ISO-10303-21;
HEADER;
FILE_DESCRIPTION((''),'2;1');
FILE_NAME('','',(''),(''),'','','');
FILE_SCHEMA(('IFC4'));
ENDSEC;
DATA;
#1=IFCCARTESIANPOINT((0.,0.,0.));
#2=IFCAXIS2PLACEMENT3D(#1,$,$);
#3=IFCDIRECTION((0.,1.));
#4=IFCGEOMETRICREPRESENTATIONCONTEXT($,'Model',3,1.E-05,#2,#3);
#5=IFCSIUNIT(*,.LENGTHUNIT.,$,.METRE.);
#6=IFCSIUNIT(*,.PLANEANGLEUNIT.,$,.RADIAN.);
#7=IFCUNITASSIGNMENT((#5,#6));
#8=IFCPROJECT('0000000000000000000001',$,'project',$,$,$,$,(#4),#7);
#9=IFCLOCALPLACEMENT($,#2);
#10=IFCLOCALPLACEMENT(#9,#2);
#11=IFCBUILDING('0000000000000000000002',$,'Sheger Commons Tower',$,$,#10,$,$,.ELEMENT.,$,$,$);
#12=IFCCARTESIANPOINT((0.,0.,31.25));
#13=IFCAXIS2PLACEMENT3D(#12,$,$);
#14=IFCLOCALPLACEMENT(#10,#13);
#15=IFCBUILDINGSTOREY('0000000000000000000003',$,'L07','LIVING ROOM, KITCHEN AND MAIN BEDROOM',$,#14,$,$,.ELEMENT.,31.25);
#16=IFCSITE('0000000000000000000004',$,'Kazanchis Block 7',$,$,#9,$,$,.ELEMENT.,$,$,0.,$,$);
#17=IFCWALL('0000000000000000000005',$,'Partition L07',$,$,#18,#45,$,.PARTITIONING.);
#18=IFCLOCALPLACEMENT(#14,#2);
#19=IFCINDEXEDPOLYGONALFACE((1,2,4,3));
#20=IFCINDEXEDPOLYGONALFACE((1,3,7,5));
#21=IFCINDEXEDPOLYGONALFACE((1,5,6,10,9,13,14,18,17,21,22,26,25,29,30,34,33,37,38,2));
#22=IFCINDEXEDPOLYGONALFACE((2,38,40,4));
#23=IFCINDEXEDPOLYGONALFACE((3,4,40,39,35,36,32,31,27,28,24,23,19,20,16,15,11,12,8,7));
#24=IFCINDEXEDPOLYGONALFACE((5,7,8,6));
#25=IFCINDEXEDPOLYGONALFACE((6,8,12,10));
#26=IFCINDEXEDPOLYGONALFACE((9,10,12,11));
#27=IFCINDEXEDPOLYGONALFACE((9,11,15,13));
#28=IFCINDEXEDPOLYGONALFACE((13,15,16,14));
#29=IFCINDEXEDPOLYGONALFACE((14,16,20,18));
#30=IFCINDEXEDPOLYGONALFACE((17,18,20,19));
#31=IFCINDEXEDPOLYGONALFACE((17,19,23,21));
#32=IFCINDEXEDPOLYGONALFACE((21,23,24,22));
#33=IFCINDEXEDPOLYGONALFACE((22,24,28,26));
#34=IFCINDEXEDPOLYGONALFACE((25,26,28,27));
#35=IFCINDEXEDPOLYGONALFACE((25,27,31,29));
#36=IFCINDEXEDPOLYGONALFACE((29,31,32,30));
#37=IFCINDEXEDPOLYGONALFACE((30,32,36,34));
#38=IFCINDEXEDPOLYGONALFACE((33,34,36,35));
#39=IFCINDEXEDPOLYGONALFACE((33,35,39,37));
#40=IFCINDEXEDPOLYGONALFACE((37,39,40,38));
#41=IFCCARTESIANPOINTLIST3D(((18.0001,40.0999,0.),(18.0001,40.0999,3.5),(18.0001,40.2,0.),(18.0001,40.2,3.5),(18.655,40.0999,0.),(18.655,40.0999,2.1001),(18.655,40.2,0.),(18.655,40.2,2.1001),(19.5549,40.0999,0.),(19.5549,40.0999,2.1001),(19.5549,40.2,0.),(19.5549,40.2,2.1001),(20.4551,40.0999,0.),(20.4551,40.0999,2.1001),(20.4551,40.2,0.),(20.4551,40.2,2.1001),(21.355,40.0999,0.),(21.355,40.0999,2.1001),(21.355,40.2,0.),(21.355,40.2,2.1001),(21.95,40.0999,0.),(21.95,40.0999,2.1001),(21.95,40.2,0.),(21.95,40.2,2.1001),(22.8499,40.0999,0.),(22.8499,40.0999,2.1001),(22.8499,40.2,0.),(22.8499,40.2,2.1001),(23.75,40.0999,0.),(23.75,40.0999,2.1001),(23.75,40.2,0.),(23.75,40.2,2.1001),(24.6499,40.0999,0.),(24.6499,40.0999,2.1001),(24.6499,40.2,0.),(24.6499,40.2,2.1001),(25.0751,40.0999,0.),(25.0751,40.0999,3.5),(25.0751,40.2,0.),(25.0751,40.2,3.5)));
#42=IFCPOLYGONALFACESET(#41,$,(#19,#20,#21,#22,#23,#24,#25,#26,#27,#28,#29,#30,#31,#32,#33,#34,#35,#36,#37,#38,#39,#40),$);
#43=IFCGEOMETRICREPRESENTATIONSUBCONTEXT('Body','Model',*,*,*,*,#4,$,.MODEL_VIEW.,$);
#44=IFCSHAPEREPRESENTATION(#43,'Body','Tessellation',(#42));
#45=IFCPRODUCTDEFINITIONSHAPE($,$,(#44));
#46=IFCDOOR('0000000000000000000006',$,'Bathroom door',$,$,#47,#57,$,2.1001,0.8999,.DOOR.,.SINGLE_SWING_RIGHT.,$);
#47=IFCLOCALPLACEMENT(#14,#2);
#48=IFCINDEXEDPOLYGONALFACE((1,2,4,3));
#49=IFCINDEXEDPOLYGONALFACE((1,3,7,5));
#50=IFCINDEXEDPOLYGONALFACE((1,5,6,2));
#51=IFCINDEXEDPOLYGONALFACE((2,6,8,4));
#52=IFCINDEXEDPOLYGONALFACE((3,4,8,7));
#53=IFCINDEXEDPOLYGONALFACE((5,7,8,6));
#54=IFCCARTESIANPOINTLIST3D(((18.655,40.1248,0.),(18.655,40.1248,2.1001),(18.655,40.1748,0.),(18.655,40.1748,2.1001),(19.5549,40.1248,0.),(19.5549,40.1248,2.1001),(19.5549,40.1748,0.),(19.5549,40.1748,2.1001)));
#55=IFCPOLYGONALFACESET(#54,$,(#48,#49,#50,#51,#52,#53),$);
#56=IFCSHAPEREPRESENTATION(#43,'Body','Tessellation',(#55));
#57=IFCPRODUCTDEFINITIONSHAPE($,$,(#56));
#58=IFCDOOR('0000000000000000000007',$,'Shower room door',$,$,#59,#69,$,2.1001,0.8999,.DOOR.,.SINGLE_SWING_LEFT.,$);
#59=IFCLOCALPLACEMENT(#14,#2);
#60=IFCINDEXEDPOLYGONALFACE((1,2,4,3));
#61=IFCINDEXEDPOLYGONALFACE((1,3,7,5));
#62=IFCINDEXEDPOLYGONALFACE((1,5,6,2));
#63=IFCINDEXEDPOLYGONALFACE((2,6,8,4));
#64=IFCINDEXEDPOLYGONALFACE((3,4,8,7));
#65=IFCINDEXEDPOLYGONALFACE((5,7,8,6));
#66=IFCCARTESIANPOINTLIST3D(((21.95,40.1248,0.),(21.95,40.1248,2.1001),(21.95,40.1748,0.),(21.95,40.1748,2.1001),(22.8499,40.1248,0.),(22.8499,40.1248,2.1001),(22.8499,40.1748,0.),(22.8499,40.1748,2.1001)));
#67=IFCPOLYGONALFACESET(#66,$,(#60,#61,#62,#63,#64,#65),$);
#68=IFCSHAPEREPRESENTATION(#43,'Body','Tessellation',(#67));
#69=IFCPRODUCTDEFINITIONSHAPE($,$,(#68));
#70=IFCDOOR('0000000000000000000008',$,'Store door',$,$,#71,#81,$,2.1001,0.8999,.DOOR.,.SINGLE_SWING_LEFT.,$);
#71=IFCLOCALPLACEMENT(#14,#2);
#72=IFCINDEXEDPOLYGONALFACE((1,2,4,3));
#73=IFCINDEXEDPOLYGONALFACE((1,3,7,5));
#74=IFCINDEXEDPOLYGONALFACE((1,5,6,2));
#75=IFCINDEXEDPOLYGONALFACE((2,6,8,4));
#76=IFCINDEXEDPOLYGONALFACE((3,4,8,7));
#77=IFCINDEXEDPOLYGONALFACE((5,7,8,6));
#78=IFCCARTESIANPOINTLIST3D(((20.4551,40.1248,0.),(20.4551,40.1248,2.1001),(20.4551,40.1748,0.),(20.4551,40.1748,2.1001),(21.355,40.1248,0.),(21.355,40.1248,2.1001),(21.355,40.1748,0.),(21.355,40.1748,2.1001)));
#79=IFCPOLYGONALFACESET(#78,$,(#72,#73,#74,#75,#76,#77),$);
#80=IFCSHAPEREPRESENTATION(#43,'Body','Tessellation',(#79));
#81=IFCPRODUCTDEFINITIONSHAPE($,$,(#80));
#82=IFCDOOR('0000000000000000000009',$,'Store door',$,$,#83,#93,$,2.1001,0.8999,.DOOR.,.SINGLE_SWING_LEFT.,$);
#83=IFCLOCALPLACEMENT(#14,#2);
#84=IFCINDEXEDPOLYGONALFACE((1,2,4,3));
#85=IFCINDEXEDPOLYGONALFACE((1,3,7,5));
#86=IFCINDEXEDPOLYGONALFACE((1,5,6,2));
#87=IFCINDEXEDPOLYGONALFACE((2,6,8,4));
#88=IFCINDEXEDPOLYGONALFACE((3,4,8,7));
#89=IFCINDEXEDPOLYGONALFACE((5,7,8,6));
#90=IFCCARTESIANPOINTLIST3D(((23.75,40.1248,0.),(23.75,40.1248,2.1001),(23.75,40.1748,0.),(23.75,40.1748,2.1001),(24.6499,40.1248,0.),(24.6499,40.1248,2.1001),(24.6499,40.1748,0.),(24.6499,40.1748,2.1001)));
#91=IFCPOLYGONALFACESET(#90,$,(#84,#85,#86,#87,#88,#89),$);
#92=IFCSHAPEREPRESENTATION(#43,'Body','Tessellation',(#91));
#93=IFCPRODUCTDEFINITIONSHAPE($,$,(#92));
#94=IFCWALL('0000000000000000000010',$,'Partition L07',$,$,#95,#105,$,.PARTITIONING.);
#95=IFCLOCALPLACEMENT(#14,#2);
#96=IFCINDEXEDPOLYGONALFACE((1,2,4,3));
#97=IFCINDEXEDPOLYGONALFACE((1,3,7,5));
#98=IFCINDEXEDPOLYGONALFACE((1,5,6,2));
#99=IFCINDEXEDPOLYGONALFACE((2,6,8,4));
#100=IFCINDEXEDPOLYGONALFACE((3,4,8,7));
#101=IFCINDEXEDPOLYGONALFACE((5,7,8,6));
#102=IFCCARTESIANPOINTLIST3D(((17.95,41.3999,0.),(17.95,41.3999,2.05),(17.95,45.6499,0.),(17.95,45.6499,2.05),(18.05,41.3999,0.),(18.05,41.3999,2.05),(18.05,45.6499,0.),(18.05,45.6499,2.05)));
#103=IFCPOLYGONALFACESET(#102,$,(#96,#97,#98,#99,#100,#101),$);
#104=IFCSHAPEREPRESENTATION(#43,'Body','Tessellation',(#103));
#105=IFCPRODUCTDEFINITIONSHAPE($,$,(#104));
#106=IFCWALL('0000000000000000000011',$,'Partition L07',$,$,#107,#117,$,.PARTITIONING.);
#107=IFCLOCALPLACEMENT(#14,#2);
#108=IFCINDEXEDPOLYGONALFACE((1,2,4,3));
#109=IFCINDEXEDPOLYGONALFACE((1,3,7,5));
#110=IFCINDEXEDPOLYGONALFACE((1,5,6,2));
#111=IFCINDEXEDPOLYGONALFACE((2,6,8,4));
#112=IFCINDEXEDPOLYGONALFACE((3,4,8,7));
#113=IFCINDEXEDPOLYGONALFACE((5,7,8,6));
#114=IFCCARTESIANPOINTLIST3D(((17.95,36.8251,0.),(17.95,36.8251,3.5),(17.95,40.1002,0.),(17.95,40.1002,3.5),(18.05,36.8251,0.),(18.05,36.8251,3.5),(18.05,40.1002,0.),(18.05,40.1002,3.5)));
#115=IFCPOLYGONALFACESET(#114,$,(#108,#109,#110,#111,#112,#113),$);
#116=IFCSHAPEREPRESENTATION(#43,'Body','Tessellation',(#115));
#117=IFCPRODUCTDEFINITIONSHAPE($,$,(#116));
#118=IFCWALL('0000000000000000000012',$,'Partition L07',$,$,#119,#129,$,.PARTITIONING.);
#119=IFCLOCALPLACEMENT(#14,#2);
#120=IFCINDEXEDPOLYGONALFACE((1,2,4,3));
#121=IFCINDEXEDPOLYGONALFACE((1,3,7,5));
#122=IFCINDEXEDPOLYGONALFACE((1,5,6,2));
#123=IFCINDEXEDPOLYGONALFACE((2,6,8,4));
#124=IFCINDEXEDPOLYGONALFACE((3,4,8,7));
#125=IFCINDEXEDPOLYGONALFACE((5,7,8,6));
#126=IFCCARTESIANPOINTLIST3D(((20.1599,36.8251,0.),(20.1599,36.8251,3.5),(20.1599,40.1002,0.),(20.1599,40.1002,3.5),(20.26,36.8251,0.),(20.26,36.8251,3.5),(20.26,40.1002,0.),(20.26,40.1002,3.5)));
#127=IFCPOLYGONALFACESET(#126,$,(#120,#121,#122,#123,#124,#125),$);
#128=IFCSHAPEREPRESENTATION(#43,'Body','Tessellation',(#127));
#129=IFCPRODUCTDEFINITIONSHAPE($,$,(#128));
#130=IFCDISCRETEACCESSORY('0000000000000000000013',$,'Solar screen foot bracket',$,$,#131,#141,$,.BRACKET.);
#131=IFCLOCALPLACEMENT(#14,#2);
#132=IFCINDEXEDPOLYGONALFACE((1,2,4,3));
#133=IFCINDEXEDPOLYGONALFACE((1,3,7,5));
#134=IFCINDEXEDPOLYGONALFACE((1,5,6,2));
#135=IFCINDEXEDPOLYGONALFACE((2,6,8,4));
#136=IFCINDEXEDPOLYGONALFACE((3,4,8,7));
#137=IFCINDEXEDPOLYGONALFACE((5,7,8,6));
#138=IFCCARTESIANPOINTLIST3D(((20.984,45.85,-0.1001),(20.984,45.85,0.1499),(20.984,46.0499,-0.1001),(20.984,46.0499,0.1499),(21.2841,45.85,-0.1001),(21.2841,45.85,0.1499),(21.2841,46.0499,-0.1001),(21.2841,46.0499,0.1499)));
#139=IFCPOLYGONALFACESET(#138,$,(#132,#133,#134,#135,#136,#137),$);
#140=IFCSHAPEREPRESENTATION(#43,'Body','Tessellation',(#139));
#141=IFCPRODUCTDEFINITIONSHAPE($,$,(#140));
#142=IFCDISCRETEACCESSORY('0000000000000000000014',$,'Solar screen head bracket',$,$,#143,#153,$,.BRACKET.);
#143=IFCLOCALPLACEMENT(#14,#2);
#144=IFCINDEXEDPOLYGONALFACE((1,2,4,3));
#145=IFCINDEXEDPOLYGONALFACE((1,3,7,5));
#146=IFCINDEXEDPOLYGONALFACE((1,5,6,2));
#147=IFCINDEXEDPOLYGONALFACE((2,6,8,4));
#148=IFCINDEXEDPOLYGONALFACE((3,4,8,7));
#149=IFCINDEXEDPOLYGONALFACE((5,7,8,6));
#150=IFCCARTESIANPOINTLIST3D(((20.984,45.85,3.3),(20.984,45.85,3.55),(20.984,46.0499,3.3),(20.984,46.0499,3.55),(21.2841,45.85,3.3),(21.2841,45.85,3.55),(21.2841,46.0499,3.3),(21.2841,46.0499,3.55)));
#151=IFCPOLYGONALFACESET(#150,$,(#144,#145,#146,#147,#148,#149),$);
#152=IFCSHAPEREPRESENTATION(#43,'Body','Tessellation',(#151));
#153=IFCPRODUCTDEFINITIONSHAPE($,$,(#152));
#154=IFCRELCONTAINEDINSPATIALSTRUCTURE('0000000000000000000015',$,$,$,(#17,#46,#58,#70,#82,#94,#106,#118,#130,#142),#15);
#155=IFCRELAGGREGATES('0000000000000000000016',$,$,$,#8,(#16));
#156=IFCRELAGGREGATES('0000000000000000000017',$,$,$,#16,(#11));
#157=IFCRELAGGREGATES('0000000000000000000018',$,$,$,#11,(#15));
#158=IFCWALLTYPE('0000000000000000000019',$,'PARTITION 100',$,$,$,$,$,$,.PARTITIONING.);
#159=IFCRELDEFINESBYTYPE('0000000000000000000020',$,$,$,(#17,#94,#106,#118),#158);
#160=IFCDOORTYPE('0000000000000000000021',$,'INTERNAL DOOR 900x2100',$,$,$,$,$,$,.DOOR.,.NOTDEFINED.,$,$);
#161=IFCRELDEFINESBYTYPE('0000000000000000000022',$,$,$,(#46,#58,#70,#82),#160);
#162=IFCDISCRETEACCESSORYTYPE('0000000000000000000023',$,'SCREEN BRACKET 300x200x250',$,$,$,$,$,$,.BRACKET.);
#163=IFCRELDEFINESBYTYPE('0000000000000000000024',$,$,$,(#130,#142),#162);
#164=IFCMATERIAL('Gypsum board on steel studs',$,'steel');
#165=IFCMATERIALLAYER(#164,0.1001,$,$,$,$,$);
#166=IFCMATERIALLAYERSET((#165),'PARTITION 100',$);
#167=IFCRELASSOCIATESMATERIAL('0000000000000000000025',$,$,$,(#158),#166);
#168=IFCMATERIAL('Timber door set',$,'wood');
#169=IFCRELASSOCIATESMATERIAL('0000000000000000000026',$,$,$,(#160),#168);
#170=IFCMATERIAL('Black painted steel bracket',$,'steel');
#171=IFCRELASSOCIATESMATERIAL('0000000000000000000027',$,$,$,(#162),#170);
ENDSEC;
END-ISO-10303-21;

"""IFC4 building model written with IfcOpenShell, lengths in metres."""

from ifc_helpers import new_model, si_unit, direction, frame, frame_2d, origin, origin_2d, place, context, subcontext, project, spatial, rectangle, extrude, material, layer, layer_set, type_object, element, fill, save


model = new_model("IFC4")

# Units and contexts
model_context = context("Model", 3, precision=1e-05, world=origin(), true_north=direction((0.0, 1.0)))
body_context = subcontext(model_context, "Body", "Model", "MODEL_VIEW")
ifc_project = project(units=[si_unit("LENGTHUNIT", "METRE"), si_unit("PLANEANGLEUNIT", "RADIAN")], contexts=[model_context])

# Site, building, storey
site_placement = place(None, origin())
site = spatial("IfcSite", under=ifc_project, at=site_placement, Name="Kazanchis Block 7", CompositionType="ELEMENT", RefElevation=0.0)
building_placement = place(site_placement, origin())
building = spatial("IfcBuilding", under=site, at=building_placement, Name="Sheger Commons Tower", CompositionType="ELEMENT")
storey_placement = place(building_placement, frame((0.0, 0.0, 31.25)))
storey = spatial("IfcBuildingStorey", under=building, at=storey_placement, Name="L07", Description="LIVING ROOM, KITCHEN AND MAIN BEDROOM", CompositionType="ELEMENT", Elevation=31.25)

# Wall, openings, doors
ifc_material_1 = material(Name="Gypsum board on steel studs", Category="steel")
ifc_layer_1 = layer(ifc_material_1, 0.1001)
ifc_layer_set_1 = layer_set([ifc_layer_1], Name="PARTITION 100")
wall_type_1 = type_object("IfcWallType", Name="PARTITION 100", PredefinedType="PARTITIONING", material=ifc_layer_set_1)
ifc_material_2 = material(Name="Timber door set", Category="wood")
door_type_1 = type_object("IfcDoorType", Name="INTERNAL DOOR 900x2100", OperationType="NOTDEFINED", PredefinedType="DOOR", material=ifc_material_2)
wall_1_placement = place(storey_placement, frame((18.0, 40.1499, 0.0), z_axis=(0.0, 0.0, 1.0), x_axis=(1.0, 0.0, 0.0)))
wall_1 = element("IfcWall", 1, at=wall_1_placement, inside=storey, type_object=wall_type_1, Name="Partition L07", PredefinedType="PARTITIONING", context=body_context, shape_type="SweptSolid", body=[
    extrude(rectangle(XDim=7.075, YDim=0.1001, at=frame_2d((3.5376, 0.0))), origin(), (0.0, 0.0, 1.0), 3.5),
])
opening_1_placement = place(wall_1_placement, frame((0.655, 0.0, 0.0)))
opening_1 = element("IfcOpeningElement", 2, at=opening_1_placement, cuts=wall_1, PredefinedType="OPENING", context=body_context, shape_type="SweptSolid", body=[
    extrude(rectangle(XDim=0.8999, YDim=2.1001, at=frame_2d((0.45, 1.05))), frame((0.0, 0.0601, 0.0), z_axis=(0.0, -1.0, 0.0), x_axis=(1.0, 0.0, 0.0)), (0.0, 0.0, 1.0), 0.1201),
])
opening_2_placement = place(wall_1_placement, frame((3.95, 0.0, 0.0)))
opening_2 = element("IfcOpeningElement", 3, at=opening_2_placement, cuts=wall_1, PredefinedType="OPENING", context=body_context, shape_type="SweptSolid", body=[
    extrude(rectangle(XDim=0.8999, YDim=2.1001, at=frame_2d((0.45, 1.05))), frame((0.0, 0.0601, 0.0), z_axis=(0.0, -1.0, 0.0), x_axis=(1.0, 0.0, 0.0)), (0.0, 0.0, 1.0), 0.1201),
])
opening_3_placement = place(wall_1_placement, frame((2.4551, 0.0, 0.0)))
opening_3 = element("IfcOpeningElement", 4, at=opening_3_placement, cuts=wall_1, PredefinedType="OPENING", context=body_context, shape_type="SweptSolid", body=[
    extrude(rectangle(XDim=0.8999, YDim=2.1001, at=frame_2d((0.45, 1.05))), frame((0.0, 0.0601, 0.0), z_axis=(0.0, -1.0, 0.0), x_axis=(1.0, 0.0, 0.0)), (0.0, 0.0, 1.0), 0.1201),
])
opening_4_placement = place(wall_1_placement, frame((5.75, 0.0, 0.0)))
opening_4 = element("IfcOpeningElement", 5, at=opening_4_placement, cuts=wall_1, PredefinedType="OPENING", context=body_context, shape_type="SweptSolid", body=[
    extrude(rectangle(XDim=0.8999, YDim=2.1001, at=frame_2d((0.45, 1.05))), frame((0.0, 0.0601, 0.0), z_axis=(0.0, -1.0, 0.0), x_axis=(1.0, 0.0, 0.0)), (0.0, 0.0, 1.0), 0.1201),
])
door_1_placement = place(opening_1_placement, origin())
door_1 = element("IfcDoor", 6, at=door_1_placement, inside=storey, type_object=door_type_1, Name="Bathroom door", OperationType="SINGLE_SWING_RIGHT", OverallHeight=2.1001, OverallWidth=0.8999, PredefinedType="DOOR", context=body_context, shape_type="SweptSolid", body=[
    extrude(rectangle(XDim=0.8999, YDim=2.1001, at=frame_2d((0.45, 1.05))), frame((0.0, 0.0249, 0.0), z_axis=(0.0, -1.0, 0.0), x_axis=(1.0, 0.0, 0.0)), (0.0, 0.0, 1.0), 0.05),
])
fill(opening_1, door_1)
door_2_placement = place(opening_2_placement, origin())
door_2 = element("IfcDoor", 7, at=door_2_placement, inside=storey, type_object=door_type_1, Name="Shower room door", OperationType="SINGLE_SWING_LEFT", OverallHeight=2.1001, OverallWidth=0.8999, PredefinedType="DOOR", context=body_context, shape_type="SweptSolid", body=[
    extrude(rectangle(XDim=0.8999, YDim=2.1001, at=frame_2d((0.45, 1.05))), frame((0.0, 0.0249, 0.0), z_axis=(0.0, -1.0, 0.0), x_axis=(1.0, 0.0, 0.0)), (0.0, 0.0, 1.0), 0.05),
])
fill(opening_2, door_2)
door_3_placement = place(opening_3_placement, origin())
door_3 = element("IfcDoor", 8, at=door_3_placement, inside=storey, type_object=door_type_1, Name="Store door", OperationType="SINGLE_SWING_LEFT", OverallHeight=2.1001, OverallWidth=0.8999, PredefinedType="DOOR", context=body_context, shape_type="SweptSolid", body=[
    extrude(rectangle(XDim=0.8999, YDim=2.1001, at=frame_2d((0.45, 1.05))), frame((0.0, 0.0249, 0.0), z_axis=(0.0, -1.0, 0.0), x_axis=(1.0, 0.0, 0.0)), (0.0, 0.0, 1.0), 0.05),
])
fill(opening_3, door_3)
door_4_placement = place(opening_4_placement, origin())
door_4 = element("IfcDoor", 9, at=door_4_placement, inside=storey, type_object=door_type_1, Name="Store door", OperationType="SINGLE_SWING_LEFT", OverallHeight=2.1001, OverallWidth=0.8999, PredefinedType="DOOR", context=body_context, shape_type="SweptSolid", body=[
    extrude(rectangle(XDim=0.8999, YDim=2.1001, at=frame_2d((0.45, 1.05))), frame((0.0, 0.0249, 0.0), z_axis=(0.0, -1.0, 0.0), x_axis=(1.0, 0.0, 0.0)), (0.0, 0.0, 1.0), 0.05),
])
fill(opening_4, door_4)

# Walls
wall_2_placement = place(storey_placement, frame((18.0, 41.3999, 0.0), z_axis=(0.0, 0.0, 1.0), x_axis=(0.0, 1.0, 0.0)))
element("IfcWall", 10, at=wall_2_placement, inside=storey, type_object=wall_type_1, Name="Partition L07", PredefinedType="PARTITIONING", context=body_context, shape_type="SweptSolid", body=[
    extrude(rectangle(XDim=4.25, YDim=0.1001, at=frame_2d((2.125, 0.0))), origin(), (0.0, 0.0, 1.0), 2.05),
])
for number, where, z_axis, x_axis, name in (
    (11, (18.0, 36.825, 0.0), (0.0, 0.0, 1.0), (0.0, 1.0, 0.0), "Partition L07"),
    (12, (20.21, 36.825, 0.0), (0.0, 0.0, 1.0), (0.0, 1.0, 0.0), "Partition L07"),
):
    element("IfcWall", number, at=place(storey_placement, frame(where, z_axis=z_axis, x_axis=x_axis)), inside=storey, type_object=wall_type_1, Name=name, PredefinedType="PARTITIONING", context=body_context, shape_type="SweptSolid", body=[
        extrude(rectangle(XDim=3.2751, YDim=0.1001, at=frame_2d((1.6377, 0.0))), origin(), (0.0, 0.0, 1.0), 3.5),
    ])

# Discrete accessories
ifc_material_3 = material(Name="Black painted steel bracket", Category="steel")
discrete_accessory_type = type_object("IfcDiscreteAccessoryType", Name="SCREEN BRACKET 300x200x250", PredefinedType="BRACKET", material=ifc_material_3)
for number, where, z_axis, x_axis, name in (
    (13, (21.134, 45.95, -0.1001), (0.0, 0.0, 1.0), (-1.0, 0.0, 0.0), "Solar screen foot bracket"),
    (14, (21.134, 45.95, 3.3), (0.0, 0.0, 1.0), (-1.0, 0.0, 0.0), "Solar screen head bracket"),
):
    element("IfcDiscreteAccessory", number, at=place(storey_placement, frame(where, z_axis=z_axis, x_axis=x_axis)), inside=storey, type_object=discrete_accessory_type, Name=name, PredefinedType="BRACKET", context=body_context, shape_type="SweptSolid", body=[
        extrude(rectangle(XDim=0.3, YDim=0.2, at=origin_2d()), origin(), (0.0, 0.0, 1.0), 0.25),
    ])

save(model, "model.ifc")
